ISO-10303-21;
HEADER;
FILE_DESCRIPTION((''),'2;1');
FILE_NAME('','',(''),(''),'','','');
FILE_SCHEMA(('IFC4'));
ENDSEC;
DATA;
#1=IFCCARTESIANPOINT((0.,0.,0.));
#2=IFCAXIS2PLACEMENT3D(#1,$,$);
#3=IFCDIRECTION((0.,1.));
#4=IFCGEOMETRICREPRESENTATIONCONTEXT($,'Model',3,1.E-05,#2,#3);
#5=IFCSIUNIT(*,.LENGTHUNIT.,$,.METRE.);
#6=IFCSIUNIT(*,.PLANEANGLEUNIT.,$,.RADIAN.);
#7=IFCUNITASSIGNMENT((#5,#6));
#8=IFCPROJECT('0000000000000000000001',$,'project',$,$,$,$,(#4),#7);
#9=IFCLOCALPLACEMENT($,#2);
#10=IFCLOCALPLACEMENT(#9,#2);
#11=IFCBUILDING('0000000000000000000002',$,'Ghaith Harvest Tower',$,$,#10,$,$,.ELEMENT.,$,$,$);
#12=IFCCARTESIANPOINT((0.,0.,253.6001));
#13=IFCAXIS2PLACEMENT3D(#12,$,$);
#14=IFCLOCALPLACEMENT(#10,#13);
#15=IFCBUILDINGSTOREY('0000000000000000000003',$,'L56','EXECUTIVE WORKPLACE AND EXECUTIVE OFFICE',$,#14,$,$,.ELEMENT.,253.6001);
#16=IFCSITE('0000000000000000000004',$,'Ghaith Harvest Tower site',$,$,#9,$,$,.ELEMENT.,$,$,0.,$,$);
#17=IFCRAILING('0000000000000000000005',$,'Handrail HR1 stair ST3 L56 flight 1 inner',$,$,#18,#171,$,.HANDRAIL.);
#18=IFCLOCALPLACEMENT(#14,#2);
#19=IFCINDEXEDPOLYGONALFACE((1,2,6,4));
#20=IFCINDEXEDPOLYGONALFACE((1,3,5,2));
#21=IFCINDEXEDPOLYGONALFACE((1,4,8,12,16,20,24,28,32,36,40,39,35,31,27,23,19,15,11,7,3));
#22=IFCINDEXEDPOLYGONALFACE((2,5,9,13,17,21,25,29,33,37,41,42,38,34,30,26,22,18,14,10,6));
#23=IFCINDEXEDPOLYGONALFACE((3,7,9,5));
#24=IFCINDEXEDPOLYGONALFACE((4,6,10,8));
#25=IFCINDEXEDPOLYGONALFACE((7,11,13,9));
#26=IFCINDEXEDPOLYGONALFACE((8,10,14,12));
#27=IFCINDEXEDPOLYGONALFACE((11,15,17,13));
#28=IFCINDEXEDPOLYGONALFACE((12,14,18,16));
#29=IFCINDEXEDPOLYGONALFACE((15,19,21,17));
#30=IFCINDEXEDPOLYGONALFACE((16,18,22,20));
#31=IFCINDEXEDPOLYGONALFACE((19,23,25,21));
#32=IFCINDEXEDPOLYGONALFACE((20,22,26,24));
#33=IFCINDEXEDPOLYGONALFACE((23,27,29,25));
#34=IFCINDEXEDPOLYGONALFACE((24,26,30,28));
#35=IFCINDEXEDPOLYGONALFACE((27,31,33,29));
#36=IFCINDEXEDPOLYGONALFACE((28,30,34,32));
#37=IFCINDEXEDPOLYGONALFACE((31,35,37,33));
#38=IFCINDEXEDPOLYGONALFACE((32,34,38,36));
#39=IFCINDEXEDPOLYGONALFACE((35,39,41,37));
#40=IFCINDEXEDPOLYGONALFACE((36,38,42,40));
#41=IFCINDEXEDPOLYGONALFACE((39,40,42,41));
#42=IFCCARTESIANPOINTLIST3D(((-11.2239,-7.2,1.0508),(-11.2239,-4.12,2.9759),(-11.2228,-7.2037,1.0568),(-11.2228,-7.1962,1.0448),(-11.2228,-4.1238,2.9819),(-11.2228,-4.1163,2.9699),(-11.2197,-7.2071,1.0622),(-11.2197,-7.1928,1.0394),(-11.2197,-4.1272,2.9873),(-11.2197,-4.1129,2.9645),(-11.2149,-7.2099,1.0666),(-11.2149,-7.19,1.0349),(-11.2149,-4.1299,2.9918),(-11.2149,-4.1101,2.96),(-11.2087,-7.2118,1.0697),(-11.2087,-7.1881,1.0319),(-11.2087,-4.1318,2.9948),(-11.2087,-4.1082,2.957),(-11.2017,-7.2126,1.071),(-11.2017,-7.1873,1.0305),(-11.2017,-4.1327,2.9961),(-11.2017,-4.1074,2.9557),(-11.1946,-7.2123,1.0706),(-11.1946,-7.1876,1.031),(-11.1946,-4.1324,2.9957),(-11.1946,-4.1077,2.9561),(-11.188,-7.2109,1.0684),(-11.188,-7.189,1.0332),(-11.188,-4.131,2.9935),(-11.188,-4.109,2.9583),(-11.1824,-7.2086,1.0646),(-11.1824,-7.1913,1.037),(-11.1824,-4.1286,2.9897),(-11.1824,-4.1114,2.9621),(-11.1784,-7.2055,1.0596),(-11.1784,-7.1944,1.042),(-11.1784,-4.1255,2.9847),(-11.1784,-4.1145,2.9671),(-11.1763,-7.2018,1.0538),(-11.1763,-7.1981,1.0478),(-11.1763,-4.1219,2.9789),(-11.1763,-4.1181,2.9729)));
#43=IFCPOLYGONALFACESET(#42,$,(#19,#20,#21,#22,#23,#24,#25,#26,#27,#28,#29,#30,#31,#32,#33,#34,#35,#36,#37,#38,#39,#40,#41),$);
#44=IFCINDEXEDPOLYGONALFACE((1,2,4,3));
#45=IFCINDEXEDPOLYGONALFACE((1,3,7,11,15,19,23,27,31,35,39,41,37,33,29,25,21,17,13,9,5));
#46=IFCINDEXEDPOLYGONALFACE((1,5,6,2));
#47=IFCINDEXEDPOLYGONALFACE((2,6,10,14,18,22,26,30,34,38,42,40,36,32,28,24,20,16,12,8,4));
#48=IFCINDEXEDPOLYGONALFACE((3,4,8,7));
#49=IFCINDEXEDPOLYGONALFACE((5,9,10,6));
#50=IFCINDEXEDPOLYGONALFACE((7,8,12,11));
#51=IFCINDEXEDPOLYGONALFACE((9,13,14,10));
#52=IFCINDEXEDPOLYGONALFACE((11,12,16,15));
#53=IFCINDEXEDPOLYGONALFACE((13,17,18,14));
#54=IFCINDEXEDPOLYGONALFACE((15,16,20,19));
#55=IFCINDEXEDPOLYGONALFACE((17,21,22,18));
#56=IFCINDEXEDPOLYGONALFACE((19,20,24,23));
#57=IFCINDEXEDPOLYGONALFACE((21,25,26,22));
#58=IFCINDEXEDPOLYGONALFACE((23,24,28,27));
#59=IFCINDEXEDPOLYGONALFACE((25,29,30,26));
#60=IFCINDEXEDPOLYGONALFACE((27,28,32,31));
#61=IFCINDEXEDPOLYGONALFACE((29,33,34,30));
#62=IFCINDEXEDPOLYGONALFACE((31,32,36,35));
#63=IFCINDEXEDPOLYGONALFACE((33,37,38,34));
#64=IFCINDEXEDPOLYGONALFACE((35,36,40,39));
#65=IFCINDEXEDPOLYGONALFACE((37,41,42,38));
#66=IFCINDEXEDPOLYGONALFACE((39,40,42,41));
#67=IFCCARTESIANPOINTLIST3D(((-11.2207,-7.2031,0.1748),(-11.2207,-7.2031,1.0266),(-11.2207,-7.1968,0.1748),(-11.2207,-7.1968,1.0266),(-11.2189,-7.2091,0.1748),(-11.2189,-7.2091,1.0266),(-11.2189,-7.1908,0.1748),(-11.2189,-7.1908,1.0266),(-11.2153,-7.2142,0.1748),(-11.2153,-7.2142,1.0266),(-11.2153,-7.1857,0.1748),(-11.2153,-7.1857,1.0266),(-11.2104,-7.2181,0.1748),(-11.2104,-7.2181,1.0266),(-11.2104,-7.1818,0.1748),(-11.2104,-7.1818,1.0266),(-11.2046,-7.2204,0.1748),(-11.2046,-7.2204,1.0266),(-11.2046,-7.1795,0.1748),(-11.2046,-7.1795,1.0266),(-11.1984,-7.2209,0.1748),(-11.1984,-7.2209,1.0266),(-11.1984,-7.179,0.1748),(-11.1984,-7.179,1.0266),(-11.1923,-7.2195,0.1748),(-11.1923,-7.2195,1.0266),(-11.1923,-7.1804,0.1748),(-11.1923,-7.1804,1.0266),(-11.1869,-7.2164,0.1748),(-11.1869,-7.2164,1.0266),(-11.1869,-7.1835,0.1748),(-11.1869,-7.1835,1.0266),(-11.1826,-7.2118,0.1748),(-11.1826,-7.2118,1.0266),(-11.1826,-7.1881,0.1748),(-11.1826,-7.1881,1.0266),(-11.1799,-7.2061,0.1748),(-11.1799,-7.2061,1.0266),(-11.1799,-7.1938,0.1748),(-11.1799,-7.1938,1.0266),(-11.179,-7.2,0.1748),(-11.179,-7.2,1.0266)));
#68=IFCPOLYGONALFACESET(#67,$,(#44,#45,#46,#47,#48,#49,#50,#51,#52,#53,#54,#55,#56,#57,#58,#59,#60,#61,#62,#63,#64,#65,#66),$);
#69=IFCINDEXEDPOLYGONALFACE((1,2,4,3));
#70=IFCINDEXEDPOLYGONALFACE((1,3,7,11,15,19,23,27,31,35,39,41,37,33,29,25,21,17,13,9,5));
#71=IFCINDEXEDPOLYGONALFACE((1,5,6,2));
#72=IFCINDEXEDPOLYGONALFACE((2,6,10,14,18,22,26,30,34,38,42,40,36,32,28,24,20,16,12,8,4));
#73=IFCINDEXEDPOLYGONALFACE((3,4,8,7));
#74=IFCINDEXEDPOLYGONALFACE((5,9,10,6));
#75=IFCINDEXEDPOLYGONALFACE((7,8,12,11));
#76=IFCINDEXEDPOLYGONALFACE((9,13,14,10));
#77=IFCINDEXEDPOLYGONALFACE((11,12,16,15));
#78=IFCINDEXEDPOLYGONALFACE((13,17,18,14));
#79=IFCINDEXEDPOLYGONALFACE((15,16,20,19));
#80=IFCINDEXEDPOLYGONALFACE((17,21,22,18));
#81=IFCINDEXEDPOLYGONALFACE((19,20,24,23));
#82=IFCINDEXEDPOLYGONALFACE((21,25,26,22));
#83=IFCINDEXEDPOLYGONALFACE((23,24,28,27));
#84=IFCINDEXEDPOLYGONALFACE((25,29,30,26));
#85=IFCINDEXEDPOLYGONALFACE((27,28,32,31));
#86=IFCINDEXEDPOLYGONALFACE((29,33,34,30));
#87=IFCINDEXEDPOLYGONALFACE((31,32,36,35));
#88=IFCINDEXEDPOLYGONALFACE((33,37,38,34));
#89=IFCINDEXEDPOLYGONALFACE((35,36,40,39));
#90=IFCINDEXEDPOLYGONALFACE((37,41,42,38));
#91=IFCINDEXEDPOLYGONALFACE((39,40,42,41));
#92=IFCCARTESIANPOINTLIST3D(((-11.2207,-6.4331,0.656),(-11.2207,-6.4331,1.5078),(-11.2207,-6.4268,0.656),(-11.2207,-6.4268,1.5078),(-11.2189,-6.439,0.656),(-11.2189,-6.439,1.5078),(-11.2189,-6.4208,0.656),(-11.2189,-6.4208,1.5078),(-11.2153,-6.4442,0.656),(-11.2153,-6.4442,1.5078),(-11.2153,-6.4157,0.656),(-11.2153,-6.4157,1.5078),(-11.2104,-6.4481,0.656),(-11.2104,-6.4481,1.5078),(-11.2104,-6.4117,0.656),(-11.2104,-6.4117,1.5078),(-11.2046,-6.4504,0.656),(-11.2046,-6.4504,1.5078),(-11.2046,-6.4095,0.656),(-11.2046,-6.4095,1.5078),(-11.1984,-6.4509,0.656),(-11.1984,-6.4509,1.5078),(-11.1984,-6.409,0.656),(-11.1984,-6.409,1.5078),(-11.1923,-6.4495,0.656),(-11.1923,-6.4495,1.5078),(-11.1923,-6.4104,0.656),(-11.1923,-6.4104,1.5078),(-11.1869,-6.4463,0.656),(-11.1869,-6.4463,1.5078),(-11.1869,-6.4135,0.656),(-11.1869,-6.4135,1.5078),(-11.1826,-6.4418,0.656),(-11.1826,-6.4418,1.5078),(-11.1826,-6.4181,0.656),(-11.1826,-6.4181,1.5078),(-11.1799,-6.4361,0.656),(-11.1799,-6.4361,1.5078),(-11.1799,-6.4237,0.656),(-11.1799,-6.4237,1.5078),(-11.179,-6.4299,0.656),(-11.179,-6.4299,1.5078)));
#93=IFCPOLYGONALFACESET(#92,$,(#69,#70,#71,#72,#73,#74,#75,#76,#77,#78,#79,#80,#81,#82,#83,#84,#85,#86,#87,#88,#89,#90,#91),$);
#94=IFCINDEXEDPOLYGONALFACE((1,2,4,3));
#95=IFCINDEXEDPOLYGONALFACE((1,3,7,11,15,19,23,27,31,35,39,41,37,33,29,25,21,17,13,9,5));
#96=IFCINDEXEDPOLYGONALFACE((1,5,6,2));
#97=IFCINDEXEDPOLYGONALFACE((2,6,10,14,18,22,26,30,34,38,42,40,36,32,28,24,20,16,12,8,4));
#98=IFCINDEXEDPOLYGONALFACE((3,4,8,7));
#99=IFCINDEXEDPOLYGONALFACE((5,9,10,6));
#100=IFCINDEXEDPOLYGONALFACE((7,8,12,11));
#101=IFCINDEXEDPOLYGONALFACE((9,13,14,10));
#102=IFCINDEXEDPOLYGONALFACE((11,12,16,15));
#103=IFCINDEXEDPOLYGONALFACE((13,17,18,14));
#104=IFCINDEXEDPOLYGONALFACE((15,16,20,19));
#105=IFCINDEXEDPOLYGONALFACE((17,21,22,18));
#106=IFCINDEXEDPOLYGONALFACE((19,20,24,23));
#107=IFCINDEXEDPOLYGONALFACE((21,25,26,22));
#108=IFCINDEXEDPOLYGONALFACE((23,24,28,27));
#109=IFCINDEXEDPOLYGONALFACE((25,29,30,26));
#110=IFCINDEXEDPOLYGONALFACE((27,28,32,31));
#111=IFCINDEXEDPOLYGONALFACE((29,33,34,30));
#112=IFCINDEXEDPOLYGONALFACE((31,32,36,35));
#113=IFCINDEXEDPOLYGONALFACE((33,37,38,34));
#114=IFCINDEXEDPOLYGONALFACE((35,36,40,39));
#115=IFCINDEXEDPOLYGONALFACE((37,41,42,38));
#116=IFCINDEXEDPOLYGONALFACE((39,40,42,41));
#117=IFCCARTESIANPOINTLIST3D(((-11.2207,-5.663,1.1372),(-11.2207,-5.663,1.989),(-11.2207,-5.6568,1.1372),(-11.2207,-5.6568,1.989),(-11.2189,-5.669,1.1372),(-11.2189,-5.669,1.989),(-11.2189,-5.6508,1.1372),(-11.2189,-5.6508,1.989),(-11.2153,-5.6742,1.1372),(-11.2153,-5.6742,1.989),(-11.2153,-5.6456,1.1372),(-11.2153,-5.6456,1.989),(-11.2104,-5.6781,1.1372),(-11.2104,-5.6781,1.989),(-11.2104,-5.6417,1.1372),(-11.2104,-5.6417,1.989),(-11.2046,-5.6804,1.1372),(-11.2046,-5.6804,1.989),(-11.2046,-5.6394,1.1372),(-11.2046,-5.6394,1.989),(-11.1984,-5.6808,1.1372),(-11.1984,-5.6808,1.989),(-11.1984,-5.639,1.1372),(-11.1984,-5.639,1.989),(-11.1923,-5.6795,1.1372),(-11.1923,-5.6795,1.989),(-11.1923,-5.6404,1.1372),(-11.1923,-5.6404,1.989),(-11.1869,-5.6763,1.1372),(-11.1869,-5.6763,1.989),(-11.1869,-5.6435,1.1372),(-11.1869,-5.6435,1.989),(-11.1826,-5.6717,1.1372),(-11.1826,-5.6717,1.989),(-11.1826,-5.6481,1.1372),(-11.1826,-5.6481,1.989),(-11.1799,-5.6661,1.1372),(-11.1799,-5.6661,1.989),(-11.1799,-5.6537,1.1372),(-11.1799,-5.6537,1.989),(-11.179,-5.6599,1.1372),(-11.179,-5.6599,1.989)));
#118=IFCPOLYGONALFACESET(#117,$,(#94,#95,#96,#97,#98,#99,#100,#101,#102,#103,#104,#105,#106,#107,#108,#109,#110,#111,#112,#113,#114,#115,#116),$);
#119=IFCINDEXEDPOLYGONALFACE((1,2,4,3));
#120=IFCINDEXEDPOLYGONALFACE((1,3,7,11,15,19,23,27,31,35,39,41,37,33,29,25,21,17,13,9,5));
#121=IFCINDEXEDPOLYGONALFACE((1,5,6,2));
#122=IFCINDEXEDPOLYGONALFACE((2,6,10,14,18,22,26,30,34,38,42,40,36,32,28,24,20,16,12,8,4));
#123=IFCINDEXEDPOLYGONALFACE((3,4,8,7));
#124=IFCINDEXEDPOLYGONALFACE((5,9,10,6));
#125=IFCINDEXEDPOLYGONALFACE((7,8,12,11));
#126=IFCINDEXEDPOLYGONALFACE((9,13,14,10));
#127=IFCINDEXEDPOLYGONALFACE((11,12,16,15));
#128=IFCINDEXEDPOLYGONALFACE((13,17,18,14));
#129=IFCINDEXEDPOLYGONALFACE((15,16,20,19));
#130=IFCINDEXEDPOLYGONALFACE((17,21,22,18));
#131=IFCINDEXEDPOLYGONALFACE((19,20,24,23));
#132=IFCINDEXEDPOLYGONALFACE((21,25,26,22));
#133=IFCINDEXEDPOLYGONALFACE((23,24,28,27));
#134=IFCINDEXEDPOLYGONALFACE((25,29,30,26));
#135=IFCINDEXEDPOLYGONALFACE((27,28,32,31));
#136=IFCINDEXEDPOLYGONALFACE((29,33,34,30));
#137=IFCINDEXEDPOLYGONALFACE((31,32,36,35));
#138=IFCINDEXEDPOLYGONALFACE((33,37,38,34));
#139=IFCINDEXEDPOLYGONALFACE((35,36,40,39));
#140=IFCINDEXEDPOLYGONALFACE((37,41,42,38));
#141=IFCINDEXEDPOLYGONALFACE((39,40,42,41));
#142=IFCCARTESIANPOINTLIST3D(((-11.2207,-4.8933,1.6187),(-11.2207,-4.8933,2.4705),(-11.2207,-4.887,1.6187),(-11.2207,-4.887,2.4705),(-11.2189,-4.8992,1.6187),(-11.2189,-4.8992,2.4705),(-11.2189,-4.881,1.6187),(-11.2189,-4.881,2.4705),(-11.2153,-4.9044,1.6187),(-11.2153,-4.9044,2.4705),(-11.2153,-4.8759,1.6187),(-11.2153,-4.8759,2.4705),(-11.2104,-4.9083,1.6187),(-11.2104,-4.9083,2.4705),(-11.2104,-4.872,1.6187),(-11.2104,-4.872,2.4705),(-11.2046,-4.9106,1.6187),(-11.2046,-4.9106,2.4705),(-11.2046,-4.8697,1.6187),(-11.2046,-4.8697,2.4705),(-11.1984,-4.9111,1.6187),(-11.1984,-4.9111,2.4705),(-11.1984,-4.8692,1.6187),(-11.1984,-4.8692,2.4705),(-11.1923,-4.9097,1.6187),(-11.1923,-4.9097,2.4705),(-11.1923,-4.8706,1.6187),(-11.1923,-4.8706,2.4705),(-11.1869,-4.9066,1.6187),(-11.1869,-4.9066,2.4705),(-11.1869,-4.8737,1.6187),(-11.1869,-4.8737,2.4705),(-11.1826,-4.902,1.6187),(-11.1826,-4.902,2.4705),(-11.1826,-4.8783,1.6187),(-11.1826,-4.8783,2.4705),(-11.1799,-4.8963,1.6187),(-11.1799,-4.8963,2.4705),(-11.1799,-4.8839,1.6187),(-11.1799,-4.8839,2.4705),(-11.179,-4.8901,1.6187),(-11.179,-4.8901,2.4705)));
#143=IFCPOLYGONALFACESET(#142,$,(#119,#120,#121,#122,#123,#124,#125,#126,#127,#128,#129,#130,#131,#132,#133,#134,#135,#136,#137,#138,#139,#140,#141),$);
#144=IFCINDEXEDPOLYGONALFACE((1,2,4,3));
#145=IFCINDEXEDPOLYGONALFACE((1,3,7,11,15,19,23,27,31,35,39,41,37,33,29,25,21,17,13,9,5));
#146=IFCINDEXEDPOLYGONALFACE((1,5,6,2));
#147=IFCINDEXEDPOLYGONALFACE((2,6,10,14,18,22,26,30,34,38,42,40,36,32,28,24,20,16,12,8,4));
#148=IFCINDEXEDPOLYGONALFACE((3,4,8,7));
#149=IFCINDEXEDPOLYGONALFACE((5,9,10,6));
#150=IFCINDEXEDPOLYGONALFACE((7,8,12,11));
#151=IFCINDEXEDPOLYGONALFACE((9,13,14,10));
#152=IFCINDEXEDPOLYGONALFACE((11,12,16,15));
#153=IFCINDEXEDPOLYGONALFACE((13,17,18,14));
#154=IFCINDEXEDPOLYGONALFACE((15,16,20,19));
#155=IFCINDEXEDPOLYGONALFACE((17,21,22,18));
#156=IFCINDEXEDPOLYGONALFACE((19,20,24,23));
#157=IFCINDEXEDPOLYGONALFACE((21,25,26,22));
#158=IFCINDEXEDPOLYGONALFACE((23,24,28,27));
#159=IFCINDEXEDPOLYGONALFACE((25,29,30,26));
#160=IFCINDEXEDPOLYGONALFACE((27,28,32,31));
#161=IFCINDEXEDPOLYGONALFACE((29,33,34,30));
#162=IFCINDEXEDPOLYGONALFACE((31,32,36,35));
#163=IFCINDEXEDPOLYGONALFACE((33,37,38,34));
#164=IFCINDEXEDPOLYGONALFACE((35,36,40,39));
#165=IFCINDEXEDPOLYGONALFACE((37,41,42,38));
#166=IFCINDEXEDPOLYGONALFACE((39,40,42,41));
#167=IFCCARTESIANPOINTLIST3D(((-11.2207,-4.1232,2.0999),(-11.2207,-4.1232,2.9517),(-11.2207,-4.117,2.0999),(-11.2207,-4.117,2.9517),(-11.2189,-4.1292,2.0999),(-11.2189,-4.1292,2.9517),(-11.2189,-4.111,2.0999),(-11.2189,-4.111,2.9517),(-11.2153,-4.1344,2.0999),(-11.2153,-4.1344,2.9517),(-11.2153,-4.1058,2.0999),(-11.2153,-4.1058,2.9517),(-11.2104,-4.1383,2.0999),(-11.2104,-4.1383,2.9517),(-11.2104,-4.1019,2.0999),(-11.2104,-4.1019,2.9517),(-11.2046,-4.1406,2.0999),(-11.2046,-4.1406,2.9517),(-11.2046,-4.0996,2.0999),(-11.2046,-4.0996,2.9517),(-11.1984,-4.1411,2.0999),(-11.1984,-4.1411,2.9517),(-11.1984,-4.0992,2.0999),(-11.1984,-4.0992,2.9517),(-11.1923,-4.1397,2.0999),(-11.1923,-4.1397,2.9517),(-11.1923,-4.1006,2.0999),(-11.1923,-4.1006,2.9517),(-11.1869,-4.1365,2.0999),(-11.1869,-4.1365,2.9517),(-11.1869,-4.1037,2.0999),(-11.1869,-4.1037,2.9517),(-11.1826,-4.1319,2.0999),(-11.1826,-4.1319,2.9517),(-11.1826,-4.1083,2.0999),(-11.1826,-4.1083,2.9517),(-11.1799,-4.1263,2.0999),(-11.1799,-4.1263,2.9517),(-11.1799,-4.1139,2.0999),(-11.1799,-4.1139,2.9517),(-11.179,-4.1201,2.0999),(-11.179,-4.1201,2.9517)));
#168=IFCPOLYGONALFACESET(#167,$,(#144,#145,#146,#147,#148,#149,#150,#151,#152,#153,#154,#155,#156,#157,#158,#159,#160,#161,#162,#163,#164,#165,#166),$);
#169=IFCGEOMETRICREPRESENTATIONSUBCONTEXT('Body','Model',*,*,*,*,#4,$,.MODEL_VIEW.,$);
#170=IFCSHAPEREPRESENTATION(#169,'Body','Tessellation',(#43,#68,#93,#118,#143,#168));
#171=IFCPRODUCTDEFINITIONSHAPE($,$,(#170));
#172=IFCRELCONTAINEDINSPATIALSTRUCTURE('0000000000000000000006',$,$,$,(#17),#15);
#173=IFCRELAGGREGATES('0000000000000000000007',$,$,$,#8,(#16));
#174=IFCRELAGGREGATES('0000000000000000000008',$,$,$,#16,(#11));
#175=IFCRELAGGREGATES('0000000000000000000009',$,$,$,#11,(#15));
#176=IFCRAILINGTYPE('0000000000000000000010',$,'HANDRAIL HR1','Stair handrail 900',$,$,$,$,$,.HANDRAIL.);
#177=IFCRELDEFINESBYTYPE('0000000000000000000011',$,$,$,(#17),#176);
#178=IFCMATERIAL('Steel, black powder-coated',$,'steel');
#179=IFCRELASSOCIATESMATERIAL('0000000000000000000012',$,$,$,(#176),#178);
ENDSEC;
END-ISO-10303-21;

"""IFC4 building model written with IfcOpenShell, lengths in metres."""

from ifc_helpers import new_model, si_unit, direction, frame, origin, origin_2d, place, context, subcontext, project, spatial, circle, extrude, material, type_object, element, save


model = new_model("IFC4")

# Units and contexts
model_context = context("Model", 3, precision=1e-05, world=origin(), true_north=direction((0.0, 1.0)))
body_context = subcontext(model_context, "Body", "Model", "MODEL_VIEW")
ifc_project = project(units=[si_unit("LENGTHUNIT", "METRE"), si_unit("PLANEANGLEUNIT", "RADIAN")], contexts=[model_context])

# Site, building, storey
site_placement = place(None, origin())
site = spatial("IfcSite", under=ifc_project, at=site_placement, Name="Ghaith Harvest Tower site", CompositionType="ELEMENT", RefElevation=0.0)
building_placement = place(site_placement, origin())
building = spatial("IfcBuilding", under=site, at=building_placement, Name="Ghaith Harvest Tower", CompositionType="ELEMENT")
storey_placement = place(building_placement, frame((0.0, 0.0, 253.6001)))
storey = spatial("IfcBuildingStorey", under=building, at=storey_placement, Name="L56", Description="EXECUTIVE WORKPLACE AND EXECUTIVE OFFICE", CompositionType="ELEMENT", Elevation=253.6001)

# Railing
ifc_material_1 = material(Name="Steel, black powder-coated", Category="steel")
railing_type = type_object("IfcRailingType", Name="HANDRAIL HR1", Description="Stair handrail 900", PredefinedType="HANDRAIL", material=ifc_material_1)
railing_1_placement = place(storey_placement, frame((-11.2, -7.2, 0.1748)))
element("IfcRailing", 1, at=railing_1_placement, inside=storey, type_object=railing_type, Name="Handrail HR1 stair ST3 L56 flight 1 inner", PredefinedType="HANDRAIL", context=body_context, shape_type="SweptSolid", body=[
    extrude(circle(Radius=0.0239, at=origin_2d()), frame((0.0, 0.0, 0.876), z_axis=(0.0, 0.847979, 0.530029), x_axis=(-1.0, 0.0, 0.0)), (0.0, 0.0, 1.0), 3.6321),
    extrude(circle(Radius=0.021, at=origin_2d()), origin(), (0.0, 0.0, 1.0), 0.8518),
    extrude(circle(Radius=0.021, at=origin_2d()), frame((0.0, 0.77, 0.4812)), (0.0, 0.0, 1.0), 0.8518),
    extrude(circle(Radius=0.021, at=origin_2d()), frame((0.0, 1.54, 0.9624)), (0.0, 0.0, 1.0), 0.8518),
    extrude(circle(Radius=0.021, at=origin_2d()), frame((0.0, 2.3098, 1.4438)), (0.0, 0.0, 1.0), 0.8518),
    extrude(circle(Radius=0.021, at=origin_2d()), frame((0.0, 3.0798, 1.925)), (0.0, 0.0, 1.0), 0.8518),
])

save(model, "model.ifc")
